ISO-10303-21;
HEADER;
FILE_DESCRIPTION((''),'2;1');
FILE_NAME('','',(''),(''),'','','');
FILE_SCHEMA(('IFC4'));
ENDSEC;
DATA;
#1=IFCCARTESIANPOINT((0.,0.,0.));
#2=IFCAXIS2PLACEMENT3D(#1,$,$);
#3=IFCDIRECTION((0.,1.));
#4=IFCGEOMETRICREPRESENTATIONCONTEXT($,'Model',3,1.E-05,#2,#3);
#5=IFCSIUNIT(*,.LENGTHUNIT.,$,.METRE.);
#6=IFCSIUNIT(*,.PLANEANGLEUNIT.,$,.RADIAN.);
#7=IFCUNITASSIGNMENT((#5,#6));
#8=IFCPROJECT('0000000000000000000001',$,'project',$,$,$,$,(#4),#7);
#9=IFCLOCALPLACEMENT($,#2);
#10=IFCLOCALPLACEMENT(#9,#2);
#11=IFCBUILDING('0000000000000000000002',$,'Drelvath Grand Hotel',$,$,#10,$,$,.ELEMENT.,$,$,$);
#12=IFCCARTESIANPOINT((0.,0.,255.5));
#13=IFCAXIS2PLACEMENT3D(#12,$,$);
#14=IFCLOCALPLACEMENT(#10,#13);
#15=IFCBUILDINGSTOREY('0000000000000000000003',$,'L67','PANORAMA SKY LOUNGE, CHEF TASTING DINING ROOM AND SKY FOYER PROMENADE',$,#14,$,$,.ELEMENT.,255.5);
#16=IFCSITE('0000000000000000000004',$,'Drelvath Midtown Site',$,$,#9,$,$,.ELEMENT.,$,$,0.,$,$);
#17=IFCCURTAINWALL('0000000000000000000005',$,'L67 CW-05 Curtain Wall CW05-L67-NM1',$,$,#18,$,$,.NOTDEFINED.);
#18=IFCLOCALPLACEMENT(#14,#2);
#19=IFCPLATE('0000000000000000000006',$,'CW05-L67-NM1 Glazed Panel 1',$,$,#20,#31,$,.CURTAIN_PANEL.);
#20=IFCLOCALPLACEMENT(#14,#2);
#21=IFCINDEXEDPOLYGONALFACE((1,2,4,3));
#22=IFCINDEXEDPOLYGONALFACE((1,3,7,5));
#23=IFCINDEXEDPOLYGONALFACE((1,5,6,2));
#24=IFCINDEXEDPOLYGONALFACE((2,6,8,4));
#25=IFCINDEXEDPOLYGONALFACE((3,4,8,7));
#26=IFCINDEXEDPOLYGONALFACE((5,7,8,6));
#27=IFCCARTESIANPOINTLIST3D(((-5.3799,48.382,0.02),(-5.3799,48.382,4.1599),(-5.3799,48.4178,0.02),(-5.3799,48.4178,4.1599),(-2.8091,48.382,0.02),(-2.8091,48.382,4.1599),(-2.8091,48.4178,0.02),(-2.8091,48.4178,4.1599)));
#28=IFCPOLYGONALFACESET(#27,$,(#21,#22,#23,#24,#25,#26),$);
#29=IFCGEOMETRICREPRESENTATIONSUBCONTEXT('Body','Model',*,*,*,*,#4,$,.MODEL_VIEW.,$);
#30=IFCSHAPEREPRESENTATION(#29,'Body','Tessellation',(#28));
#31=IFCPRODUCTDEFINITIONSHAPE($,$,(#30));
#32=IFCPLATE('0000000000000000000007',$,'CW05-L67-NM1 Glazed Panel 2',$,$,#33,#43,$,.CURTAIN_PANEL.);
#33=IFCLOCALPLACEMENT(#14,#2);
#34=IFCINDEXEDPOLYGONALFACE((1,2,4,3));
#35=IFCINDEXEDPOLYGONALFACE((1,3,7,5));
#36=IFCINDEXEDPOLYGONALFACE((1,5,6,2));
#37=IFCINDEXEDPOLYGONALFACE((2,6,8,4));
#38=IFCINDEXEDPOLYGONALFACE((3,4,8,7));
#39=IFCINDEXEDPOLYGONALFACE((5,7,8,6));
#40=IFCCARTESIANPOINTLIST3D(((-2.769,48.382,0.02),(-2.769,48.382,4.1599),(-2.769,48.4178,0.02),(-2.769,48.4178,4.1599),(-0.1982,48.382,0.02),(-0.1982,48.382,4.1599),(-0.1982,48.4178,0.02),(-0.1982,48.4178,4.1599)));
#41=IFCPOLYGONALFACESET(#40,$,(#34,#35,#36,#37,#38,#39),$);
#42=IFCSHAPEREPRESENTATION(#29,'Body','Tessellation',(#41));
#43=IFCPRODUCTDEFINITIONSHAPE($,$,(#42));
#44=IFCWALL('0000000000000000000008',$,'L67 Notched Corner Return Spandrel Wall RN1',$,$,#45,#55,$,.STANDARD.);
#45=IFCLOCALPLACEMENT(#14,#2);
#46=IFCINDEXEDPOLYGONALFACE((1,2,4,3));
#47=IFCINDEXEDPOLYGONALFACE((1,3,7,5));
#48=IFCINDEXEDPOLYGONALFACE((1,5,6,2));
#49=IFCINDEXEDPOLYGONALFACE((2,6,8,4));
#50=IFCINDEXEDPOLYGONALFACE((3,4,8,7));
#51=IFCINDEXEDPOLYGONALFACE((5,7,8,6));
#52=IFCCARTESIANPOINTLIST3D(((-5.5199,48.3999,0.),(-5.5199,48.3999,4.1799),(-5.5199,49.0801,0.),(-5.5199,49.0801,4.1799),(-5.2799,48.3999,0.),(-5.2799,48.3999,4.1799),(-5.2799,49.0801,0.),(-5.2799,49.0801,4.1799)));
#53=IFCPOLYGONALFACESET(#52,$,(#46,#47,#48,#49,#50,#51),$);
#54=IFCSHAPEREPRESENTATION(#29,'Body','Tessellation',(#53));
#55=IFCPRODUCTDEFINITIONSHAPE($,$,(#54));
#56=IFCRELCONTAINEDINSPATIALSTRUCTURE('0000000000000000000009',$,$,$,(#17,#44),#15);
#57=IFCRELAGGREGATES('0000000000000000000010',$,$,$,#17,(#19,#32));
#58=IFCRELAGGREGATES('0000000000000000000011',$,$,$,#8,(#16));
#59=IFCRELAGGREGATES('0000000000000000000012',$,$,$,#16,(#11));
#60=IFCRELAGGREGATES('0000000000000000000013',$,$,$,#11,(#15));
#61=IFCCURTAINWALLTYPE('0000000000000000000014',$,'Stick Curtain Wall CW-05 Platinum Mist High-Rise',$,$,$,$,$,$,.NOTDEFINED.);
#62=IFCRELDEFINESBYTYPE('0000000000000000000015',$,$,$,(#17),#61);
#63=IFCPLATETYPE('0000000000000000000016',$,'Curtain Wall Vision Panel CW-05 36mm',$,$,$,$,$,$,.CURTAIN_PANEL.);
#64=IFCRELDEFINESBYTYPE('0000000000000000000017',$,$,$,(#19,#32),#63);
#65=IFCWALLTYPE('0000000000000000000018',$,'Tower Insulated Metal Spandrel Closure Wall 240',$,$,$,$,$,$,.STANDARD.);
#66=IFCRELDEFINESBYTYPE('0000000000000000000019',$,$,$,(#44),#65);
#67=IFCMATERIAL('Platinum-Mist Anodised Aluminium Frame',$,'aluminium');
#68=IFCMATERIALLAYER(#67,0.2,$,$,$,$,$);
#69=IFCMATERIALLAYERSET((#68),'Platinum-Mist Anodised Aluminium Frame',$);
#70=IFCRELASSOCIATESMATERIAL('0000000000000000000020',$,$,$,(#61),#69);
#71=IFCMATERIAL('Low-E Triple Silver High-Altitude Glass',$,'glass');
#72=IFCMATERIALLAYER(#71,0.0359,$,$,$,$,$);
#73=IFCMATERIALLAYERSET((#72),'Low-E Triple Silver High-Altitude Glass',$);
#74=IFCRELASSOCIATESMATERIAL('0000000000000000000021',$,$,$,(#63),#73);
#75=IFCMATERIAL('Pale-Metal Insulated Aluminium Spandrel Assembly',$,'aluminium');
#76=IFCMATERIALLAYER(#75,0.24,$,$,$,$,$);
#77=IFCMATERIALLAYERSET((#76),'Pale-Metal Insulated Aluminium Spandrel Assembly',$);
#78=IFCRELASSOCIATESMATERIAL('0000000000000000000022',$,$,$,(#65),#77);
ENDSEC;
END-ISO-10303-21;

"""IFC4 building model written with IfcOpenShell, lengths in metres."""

from ifc_helpers import new_model, si_unit, direction, frame, frame_2d, origin, origin_2d, place, context, subcontext, project, spatial, rectangle, extrude, material, layer, layer_set, type_object, element, aggregate, save


model = new_model("IFC4")

# Units and contexts
model_context = context("Model", 3, precision=1e-05, world=origin(), true_north=direction((0.0, 1.0)))
body_context = subcontext(model_context, "Body", "Model", "MODEL_VIEW")
ifc_project = project(units=[si_unit("LENGTHUNIT", "METRE"), si_unit("PLANEANGLEUNIT", "RADIAN")], contexts=[model_context])

# Site, building, storey
site_placement = place(None, origin())
site = spatial("IfcSite", under=ifc_project, at=site_placement, Name="Drelvath Midtown Site", CompositionType="ELEMENT", RefElevation=0.0)
building_placement = place(site_placement, origin())
building = spatial("IfcBuilding", under=site, at=building_placement, Name="Drelvath Grand Hotel", CompositionType="ELEMENT")
storey_placement = place(building_placement, frame((0.0, 0.0, 255.5)))
storey = spatial("IfcBuildingStorey", under=building, at=storey_placement, Name="L67", Description="PANORAMA SKY LOUNGE, CHEF TASTING DINING ROOM AND SKY FOYER PROMENADE", CompositionType="ELEMENT", Elevation=255.5)

# Curtain wall
ifc_material_1 = material(Name="Platinum-Mist Anodised Aluminium Frame", Category="aluminium")
ifc_layer_1 = layer(ifc_material_1, 0.2)
ifc_layer_set_1 = layer_set([ifc_layer_1], Name="Platinum-Mist Anodised Aluminium Frame")
curtain_wall_type = type_object("IfcCurtainWallType", Name="Stick Curtain Wall CW-05 Platinum Mist High-Rise", PredefinedType="NOTDEFINED", material=ifc_layer_set_1)
curtain_wall_1_placement = place(storey_placement, origin())
curtain_wall_1 = element("IfcCurtainWall", 1, at=curtain_wall_1_placement, inside=storey, type_object=curtain_wall_type, Name="L67 CW-05 Curtain Wall CW05-L67-NM1", PredefinedType="NOTDEFINED")

# Plates
ifc_material_2 = material(Name="Low-E Triple Silver High-Altitude Glass", Category="glass")
ifc_layer_2 = layer(ifc_material_2, 0.0359)
ifc_layer_set_2 = layer_set([ifc_layer_2], Name="Low-E Triple Silver High-Altitude Glass")
plate_type = type_object("IfcPlateType", Name="Curtain Wall Vision Panel CW-05 36mm", PredefinedType="CURTAIN_PANEL", material=ifc_layer_set_2)
plate_1_placement = place(storey_placement, frame((-4.0945, 48.3999, 0.02), z_axis=(0.0, 0.0, 1.0), x_axis=(1.0, 0.0, 0.0)))
plate_1 = element("IfcPlate", 2, at=plate_1_placement, type_object=plate_type, Name="CW05-L67-NM1 Glazed Panel 1", PredefinedType="CURTAIN_PANEL", context=body_context, shape_type="SweptSolid", body=[
    extrude(rectangle(XDim=2.5708, YDim=0.0359, at=origin_2d()), origin(), (0.0, 0.0, 1.0), 4.1399),
])
plate_2_placement = place(storey_placement, frame((-1.4836, 48.3999, 0.02), z_axis=(0.0, 0.0, 1.0), x_axis=(1.0, 0.0, 0.0)))
plate_2 = element("IfcPlate", 3, at=plate_2_placement, type_object=plate_type, Name="CW05-L67-NM1 Glazed Panel 2", PredefinedType="CURTAIN_PANEL", context=body_context, shape_type="SweptSolid", body=[
    extrude(rectangle(XDim=2.5708, YDim=0.0359, at=origin_2d()), origin(), (0.0, 0.0, 1.0), 4.1399),
])
aggregate(curtain_wall_1, [plate_1, plate_2])

# Wall
ifc_material_3 = material(Name="Pale-Metal Insulated Aluminium Spandrel Assembly", Category="aluminium")
ifc_layer_3 = layer(ifc_material_3, 0.24)
ifc_layer_set_3 = layer_set([ifc_layer_3], Name="Pale-Metal Insulated Aluminium Spandrel Assembly")
wall_type = type_object("IfcWallType", Name="Tower Insulated Metal Spandrel Closure Wall 240", PredefinedType="STANDARD", material=ifc_layer_set_3)
wall_placement = place(storey_placement, frame((-5.3999, 49.0801, 0.0), z_axis=(0.0, 0.0, 1.0), x_axis=(0.0, -1.0, 0.0)))
element("IfcWall", 4, at=wall_placement, inside=storey, type_object=wall_type, Name="L67 Notched Corner Return Spandrel Wall RN1", PredefinedType="STANDARD", context=body_context, shape_type="SweptSolid", body=[
    extrude(rectangle(XDim=0.6802, YDim=0.24, at=frame_2d((0.3401, 0.0))), origin(), (0.0, 0.0, 1.0), 4.1799),
])

save(model, "model.ifc")
